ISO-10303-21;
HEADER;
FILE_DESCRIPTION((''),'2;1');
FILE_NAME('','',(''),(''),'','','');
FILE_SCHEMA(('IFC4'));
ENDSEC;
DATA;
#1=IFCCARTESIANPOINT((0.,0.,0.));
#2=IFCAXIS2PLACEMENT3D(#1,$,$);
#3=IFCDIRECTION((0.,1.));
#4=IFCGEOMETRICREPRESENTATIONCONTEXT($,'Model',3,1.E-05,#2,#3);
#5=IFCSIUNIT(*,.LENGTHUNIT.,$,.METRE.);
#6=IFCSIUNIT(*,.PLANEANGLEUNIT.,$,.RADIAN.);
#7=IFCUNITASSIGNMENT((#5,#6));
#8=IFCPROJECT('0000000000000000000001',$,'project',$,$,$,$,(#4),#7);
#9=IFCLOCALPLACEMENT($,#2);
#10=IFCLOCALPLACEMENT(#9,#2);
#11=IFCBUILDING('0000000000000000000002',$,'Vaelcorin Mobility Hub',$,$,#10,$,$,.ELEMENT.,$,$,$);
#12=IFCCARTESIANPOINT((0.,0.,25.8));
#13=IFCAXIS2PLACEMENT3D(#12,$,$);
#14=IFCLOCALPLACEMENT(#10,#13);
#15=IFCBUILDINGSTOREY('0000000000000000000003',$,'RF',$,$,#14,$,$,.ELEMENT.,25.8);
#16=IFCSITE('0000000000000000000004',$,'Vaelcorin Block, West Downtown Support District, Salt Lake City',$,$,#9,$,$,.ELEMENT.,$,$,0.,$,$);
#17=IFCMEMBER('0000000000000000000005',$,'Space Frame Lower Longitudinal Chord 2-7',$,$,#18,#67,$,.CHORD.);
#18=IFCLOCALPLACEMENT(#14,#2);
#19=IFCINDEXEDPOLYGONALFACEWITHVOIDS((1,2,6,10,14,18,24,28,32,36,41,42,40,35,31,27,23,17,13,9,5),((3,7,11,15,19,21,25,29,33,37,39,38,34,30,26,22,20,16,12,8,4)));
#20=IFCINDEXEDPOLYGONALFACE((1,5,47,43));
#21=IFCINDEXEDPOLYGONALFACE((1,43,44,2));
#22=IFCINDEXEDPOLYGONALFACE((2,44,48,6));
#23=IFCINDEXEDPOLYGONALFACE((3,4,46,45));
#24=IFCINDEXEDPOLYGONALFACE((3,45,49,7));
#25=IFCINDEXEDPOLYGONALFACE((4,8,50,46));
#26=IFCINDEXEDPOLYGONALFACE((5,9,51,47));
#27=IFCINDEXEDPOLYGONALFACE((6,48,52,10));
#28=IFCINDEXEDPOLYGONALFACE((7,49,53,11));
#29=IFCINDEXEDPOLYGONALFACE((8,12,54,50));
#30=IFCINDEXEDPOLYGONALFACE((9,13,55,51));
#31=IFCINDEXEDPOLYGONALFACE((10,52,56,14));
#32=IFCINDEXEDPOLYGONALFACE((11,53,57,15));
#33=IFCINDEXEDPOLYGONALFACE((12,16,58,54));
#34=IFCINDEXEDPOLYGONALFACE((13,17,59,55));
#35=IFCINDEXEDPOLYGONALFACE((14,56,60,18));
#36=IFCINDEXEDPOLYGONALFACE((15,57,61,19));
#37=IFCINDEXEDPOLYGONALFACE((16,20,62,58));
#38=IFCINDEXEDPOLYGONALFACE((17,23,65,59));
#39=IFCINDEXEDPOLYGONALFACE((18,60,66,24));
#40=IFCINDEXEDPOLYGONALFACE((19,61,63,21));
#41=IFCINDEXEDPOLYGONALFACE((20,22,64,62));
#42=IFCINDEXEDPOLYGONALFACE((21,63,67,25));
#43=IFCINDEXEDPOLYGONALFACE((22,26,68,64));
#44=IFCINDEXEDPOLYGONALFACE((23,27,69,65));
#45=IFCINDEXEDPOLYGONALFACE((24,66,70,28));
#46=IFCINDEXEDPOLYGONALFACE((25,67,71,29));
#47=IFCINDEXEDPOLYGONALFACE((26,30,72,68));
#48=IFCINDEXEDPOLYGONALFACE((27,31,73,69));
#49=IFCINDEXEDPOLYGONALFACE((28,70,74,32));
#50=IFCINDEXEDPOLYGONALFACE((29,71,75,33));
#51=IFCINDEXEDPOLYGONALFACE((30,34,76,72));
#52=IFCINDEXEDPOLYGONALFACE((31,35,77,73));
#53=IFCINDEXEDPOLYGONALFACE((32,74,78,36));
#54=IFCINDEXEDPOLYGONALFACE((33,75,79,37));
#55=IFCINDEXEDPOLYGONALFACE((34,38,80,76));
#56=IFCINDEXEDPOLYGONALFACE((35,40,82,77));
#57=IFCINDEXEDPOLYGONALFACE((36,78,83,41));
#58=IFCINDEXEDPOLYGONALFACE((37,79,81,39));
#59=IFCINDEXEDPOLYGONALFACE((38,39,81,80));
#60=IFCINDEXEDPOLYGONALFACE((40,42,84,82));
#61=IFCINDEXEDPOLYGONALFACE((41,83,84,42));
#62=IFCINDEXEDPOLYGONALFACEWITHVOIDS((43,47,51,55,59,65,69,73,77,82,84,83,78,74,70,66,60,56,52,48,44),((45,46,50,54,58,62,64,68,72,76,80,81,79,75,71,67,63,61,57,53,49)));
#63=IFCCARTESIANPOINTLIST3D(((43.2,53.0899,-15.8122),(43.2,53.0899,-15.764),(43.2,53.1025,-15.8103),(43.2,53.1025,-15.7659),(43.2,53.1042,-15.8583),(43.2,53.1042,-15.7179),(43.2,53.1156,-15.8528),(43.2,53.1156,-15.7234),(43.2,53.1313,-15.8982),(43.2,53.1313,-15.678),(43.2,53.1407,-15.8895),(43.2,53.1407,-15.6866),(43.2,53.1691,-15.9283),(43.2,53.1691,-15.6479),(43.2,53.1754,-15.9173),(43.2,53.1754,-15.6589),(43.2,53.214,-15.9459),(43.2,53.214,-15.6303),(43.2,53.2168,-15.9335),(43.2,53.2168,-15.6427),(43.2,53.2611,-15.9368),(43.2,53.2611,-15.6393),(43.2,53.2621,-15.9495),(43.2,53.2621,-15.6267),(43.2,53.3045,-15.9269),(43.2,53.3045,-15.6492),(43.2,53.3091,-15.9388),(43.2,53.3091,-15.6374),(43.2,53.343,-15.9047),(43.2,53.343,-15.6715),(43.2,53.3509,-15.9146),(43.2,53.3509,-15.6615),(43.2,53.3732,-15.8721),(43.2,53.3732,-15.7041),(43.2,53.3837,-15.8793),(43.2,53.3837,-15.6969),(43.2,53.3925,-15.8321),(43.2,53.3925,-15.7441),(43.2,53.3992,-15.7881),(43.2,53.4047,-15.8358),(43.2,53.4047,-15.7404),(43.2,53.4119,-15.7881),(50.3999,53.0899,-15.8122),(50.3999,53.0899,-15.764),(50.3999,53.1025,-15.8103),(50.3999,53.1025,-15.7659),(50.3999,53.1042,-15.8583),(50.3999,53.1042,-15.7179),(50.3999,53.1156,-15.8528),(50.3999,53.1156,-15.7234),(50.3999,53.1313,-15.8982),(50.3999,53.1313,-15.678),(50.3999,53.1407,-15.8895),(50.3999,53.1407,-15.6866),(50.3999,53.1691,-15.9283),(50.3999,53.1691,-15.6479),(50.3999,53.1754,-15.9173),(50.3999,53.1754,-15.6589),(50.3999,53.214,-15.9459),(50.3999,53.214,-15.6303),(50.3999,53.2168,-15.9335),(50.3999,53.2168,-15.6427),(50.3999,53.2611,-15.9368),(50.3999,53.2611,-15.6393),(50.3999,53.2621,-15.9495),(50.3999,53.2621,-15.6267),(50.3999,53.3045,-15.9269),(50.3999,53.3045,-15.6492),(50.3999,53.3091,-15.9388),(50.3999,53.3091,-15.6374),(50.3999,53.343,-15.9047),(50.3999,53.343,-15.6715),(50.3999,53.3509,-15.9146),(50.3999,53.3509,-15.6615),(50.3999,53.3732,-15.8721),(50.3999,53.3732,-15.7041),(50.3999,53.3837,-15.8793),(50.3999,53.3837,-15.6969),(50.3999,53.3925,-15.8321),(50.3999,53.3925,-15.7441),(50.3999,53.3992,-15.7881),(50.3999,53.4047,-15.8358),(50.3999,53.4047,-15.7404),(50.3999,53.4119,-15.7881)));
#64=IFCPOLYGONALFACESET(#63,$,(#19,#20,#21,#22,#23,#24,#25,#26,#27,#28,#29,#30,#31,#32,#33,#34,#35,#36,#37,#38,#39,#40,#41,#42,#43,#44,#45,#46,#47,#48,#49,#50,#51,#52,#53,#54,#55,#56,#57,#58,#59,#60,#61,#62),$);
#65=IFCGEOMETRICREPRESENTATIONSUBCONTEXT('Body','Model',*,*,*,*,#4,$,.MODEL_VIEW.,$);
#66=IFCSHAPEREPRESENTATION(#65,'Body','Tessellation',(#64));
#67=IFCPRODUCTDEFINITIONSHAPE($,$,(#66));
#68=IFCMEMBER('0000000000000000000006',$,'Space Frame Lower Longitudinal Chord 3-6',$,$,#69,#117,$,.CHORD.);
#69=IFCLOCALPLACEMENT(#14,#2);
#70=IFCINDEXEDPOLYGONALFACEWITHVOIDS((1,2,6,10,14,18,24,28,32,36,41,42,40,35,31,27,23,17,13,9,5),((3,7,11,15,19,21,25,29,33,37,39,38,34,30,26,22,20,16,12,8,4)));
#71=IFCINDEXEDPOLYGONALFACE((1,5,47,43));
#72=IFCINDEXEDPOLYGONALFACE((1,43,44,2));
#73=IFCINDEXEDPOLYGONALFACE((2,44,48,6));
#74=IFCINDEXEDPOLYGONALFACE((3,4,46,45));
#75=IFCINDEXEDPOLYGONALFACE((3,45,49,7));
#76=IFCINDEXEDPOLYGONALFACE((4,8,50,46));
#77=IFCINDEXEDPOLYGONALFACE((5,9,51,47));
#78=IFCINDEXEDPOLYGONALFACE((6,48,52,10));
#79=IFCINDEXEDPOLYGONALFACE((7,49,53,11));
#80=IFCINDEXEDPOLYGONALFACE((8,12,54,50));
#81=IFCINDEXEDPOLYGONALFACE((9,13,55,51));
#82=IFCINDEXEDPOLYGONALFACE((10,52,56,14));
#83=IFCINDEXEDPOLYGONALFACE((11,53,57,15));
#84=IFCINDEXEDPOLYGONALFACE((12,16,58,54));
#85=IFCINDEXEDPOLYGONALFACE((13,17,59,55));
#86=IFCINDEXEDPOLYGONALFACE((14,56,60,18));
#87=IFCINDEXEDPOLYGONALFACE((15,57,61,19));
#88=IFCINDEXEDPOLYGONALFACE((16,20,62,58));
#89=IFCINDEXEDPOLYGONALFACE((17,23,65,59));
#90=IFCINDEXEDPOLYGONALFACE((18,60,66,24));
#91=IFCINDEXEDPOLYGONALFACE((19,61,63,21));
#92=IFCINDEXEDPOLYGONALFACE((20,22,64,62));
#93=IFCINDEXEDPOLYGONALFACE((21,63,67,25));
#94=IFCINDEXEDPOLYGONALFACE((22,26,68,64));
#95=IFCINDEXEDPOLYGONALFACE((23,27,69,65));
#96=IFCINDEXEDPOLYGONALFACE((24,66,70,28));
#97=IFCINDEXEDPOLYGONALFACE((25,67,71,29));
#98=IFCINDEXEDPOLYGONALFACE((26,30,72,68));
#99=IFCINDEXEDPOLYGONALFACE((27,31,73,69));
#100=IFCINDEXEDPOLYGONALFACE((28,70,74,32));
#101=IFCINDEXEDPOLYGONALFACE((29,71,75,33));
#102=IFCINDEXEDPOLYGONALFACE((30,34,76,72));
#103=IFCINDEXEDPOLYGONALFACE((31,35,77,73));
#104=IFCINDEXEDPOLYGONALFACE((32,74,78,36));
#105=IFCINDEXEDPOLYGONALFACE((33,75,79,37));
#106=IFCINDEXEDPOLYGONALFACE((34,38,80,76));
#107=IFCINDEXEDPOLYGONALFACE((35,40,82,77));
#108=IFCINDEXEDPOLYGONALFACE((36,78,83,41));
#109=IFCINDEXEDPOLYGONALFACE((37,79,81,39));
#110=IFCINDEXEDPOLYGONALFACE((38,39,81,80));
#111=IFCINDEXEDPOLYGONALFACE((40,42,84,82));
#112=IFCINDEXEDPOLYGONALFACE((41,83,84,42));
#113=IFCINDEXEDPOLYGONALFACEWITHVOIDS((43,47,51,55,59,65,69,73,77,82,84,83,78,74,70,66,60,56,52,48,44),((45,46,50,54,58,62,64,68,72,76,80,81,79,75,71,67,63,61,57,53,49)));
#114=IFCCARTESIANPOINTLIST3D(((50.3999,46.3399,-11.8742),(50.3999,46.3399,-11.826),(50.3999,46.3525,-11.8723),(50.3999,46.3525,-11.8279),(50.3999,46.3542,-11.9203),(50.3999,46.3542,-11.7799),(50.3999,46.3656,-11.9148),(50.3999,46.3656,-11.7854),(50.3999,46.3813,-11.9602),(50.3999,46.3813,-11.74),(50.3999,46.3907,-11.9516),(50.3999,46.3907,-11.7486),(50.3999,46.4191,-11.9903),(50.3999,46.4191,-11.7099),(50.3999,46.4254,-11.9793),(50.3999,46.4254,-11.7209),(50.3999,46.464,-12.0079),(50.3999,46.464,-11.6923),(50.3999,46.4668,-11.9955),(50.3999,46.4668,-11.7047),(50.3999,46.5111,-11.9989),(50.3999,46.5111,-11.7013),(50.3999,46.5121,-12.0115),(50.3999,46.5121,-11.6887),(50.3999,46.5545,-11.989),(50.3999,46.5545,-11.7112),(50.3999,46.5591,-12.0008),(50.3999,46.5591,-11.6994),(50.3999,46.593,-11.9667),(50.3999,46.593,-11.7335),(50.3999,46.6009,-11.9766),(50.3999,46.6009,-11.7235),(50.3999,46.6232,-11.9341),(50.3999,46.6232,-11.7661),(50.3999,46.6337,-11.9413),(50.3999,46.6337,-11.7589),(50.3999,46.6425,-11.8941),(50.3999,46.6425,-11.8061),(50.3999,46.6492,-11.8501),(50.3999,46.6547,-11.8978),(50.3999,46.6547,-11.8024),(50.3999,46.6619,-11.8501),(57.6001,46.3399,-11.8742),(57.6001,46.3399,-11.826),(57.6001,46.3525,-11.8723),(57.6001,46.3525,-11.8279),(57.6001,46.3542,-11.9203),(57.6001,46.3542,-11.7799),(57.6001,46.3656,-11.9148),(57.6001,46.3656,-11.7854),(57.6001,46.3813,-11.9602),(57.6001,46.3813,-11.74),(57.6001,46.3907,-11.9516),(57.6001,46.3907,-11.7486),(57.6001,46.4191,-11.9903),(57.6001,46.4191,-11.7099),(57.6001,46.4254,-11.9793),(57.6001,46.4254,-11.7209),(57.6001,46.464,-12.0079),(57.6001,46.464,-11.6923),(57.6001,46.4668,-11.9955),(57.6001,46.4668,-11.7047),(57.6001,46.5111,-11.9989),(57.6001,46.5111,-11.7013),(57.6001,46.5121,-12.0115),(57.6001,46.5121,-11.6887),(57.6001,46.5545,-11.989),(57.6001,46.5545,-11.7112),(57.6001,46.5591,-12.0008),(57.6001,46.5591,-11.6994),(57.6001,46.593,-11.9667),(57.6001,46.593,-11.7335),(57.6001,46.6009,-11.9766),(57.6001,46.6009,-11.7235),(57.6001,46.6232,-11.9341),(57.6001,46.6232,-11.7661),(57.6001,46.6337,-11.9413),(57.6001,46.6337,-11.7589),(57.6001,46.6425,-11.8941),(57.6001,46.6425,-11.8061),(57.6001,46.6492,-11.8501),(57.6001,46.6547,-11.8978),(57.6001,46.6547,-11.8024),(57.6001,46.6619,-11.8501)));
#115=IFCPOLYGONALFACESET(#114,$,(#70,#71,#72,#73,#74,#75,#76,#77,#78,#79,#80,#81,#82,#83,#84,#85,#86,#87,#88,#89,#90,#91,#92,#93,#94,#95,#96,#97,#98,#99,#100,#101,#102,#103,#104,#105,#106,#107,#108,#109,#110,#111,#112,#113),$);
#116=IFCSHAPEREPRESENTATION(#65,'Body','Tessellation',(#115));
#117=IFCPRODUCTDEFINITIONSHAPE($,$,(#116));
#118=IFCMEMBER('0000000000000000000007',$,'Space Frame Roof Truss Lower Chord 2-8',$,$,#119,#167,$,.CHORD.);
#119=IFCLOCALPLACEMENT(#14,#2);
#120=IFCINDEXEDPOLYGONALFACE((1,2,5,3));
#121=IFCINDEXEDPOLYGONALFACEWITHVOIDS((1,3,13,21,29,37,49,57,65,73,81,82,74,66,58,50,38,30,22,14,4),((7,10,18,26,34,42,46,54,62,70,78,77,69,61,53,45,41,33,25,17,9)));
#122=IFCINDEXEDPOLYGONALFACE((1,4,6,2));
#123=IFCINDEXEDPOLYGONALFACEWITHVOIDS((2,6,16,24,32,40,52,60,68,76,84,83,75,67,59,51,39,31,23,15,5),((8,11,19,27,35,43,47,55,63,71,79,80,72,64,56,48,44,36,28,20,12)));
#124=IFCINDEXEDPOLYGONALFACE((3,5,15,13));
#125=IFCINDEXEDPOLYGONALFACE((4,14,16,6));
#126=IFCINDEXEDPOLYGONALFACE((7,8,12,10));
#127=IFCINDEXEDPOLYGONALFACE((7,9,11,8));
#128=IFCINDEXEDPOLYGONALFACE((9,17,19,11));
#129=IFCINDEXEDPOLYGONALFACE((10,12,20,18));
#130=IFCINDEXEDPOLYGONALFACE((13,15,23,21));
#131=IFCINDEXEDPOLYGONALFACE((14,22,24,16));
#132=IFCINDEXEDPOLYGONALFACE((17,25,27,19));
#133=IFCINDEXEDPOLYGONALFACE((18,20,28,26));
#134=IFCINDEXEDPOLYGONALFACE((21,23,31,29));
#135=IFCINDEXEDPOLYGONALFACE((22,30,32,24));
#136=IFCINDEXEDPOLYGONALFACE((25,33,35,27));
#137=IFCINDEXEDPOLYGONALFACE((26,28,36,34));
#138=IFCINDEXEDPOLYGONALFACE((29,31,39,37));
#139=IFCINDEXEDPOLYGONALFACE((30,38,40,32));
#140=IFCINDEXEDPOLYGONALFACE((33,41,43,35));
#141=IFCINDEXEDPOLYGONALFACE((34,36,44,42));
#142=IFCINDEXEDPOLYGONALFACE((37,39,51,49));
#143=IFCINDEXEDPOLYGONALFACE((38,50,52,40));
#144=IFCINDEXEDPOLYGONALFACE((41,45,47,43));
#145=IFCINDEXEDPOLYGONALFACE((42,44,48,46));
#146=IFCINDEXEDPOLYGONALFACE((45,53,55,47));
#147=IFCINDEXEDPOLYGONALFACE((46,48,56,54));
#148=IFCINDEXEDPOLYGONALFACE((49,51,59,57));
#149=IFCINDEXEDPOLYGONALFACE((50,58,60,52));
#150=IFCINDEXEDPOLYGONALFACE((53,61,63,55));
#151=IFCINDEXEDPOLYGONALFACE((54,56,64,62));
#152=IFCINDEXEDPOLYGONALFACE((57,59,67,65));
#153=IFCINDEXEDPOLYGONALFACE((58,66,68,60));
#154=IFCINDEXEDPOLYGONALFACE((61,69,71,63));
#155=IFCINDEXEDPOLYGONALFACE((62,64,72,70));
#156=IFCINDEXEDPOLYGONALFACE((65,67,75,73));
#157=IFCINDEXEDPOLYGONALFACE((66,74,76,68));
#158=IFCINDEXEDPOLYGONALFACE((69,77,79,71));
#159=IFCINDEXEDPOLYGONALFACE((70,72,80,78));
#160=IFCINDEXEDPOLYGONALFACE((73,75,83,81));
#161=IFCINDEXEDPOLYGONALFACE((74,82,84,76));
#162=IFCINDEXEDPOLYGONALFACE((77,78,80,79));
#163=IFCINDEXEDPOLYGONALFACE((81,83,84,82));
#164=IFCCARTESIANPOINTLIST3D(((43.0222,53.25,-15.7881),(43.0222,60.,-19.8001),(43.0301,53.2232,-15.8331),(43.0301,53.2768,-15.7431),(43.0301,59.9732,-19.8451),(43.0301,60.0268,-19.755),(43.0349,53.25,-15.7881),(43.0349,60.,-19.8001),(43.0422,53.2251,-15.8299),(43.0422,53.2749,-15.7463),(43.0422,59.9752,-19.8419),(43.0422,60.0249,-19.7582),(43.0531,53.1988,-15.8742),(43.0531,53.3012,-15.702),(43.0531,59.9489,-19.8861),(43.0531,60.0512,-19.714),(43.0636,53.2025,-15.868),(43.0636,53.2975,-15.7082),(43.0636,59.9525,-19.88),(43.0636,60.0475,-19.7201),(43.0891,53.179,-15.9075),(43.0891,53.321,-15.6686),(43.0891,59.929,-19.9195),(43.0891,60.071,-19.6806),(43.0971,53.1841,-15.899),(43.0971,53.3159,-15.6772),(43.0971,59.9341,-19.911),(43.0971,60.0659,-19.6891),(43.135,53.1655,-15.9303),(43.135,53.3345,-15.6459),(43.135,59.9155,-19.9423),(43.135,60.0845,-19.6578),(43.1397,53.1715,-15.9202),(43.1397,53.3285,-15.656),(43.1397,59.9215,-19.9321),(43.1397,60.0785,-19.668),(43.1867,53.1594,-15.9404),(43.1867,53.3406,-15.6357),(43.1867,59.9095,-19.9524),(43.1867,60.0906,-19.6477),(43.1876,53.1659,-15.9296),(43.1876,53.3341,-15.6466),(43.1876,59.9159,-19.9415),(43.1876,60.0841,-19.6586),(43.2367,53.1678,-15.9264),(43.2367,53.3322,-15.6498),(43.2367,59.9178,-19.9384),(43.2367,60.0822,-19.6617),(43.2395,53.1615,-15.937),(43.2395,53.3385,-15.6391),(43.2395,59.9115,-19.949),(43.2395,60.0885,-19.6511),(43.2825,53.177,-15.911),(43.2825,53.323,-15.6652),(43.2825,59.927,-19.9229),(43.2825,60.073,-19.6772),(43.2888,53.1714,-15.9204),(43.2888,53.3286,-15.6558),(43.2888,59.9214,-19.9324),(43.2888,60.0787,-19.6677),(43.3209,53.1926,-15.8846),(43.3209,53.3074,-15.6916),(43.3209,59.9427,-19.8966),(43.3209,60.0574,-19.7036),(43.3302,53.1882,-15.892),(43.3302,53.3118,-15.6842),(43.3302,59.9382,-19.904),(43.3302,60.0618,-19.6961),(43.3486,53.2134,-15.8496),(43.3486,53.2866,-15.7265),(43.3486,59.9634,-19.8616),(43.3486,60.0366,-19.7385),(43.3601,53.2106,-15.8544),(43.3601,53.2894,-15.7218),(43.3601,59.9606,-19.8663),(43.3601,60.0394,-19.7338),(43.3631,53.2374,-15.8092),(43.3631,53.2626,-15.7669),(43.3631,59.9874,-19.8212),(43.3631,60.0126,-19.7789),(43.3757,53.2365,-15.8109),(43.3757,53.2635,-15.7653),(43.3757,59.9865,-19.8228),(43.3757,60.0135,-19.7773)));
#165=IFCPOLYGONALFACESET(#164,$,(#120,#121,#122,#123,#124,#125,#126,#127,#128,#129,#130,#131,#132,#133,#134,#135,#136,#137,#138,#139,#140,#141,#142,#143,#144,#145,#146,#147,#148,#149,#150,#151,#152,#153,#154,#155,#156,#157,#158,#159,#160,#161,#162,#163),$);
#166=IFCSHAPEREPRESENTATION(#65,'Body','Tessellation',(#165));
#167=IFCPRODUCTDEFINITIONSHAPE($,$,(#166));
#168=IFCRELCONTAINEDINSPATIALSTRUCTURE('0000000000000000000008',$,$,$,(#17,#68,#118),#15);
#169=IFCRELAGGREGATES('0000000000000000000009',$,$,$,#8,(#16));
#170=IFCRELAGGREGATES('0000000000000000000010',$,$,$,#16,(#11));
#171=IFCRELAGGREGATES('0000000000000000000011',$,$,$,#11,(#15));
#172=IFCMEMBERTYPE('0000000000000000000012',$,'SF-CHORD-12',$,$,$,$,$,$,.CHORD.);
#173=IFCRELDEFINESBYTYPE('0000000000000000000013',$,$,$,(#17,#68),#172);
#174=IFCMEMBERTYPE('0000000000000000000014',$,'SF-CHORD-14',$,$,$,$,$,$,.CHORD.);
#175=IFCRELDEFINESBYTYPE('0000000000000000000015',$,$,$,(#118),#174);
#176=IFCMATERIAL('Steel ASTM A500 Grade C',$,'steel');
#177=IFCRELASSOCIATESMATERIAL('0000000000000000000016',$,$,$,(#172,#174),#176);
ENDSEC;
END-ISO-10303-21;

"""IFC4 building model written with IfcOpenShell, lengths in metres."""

from ifc_helpers import new_model, si_unit, direction, frame, origin, origin_2d, place, context, subcontext, project, spatial, hollow_circle, extrude, material, material_profile, profile_set, type_object, element, save


model = new_model("IFC4")

# Units and contexts
model_context = context("Model", 3, precision=1e-05, world=origin(), true_north=direction((0.0, 1.0)))
body_context = subcontext(model_context, "Body", "Model", "MODEL_VIEW")
ifc_project = project(units=[si_unit("LENGTHUNIT", "METRE"), si_unit("PLANEANGLEUNIT", "RADIAN")], contexts=[model_context])

# Site, building, storey
site_placement = place(None, origin())
site = spatial("IfcSite", under=ifc_project, at=site_placement, Name="Vaelcorin Block, West Downtown Support District, Salt Lake City", CompositionType="ELEMENT", RefElevation=0.0)
building_placement = place(site_placement, origin())
building = spatial("IfcBuilding", under=site, at=building_placement, Name="Vaelcorin Mobility Hub", CompositionType="ELEMENT")
storey_placement = place(building_placement, frame((0.0, 0.0, 25.8)))
storey = spatial("IfcBuildingStorey", under=building, at=storey_placement, Name="RF", CompositionType="ELEMENT", Elevation=25.8)

# Members
ifc_material_1 = material(Name="Steel ASTM A500 Grade C", Category="steel")
ifc_material_profile_1 = material_profile(ifc_material_1, hollow_circle(Radius=0.1619, WallThickness=0.0127, at=origin_2d()), Name="HSS12.750X0.500")
ifc_profile_set_1 = profile_set([ifc_material_profile_1], Name="Steel ASTM A500 Grade C")
member_type_1 = type_object("IfcMemberType", Name="SF-CHORD-12", PredefinedType="CHORD", material=ifc_profile_set_1)
member_1_placement = place(storey_placement, frame((43.2, 53.25, -15.7881), z_axis=(1.0, 0.0, 0.0), x_axis=(0.0, 1.0, 0.0)))
element("IfcMember", 1, at=member_1_placement, inside=storey, type_object=member_type_1, Name="Space Frame Lower Longitudinal Chord 2-7", PredefinedType="CHORD", context=body_context, shape_type="SweptSolid", body=[
    extrude(hollow_circle(Radius=0.1619, WallThickness=0.0127, at=origin_2d()), origin(), (0.0, 0.0, 1.0), 7.2),
])
member_2_placement = place(storey_placement, frame((50.3999, 46.5, -11.8501), z_axis=(1.0, 0.0, 0.0), x_axis=(0.0, 1.0, 0.0)))
element("IfcMember", 2, at=member_2_placement, inside=storey, type_object=member_type_1, Name="Space Frame Lower Longitudinal Chord 3-6", PredefinedType="CHORD", context=body_context, shape_type="SweptSolid", body=[
    extrude(hollow_circle(Radius=0.1619, WallThickness=0.0127, at=origin_2d()), origin(), (0.0, 0.0, 1.0), 7.2002),
])
ifc_material_profile_2 = material_profile(ifc_material_1, hollow_circle(Radius=0.1777, WallThickness=0.0127, at=origin_2d()), Name="HSS14.000X0.500")
ifc_profile_set_2 = profile_set([ifc_material_profile_2], Name="Steel ASTM A500 Grade C")
member_type_2 = type_object("IfcMemberType", Name="SF-CHORD-14", PredefinedType="CHORD", material=ifc_profile_set_2)
member_3_placement = place(storey_placement, frame((43.2, 53.25, -15.7881), z_axis=(0.0, 0.859623, -0.510929), x_axis=(-1.0, 0.0, 0.0)))
element("IfcMember", 3, at=member_3_placement, inside=storey, type_object=member_type_2, Name="Space Frame Roof Truss Lower Chord 2-8", PredefinedType="CHORD", context=body_context, shape_type="SweptSolid", body=[
    extrude(hollow_circle(Radius=0.1777, WallThickness=0.0127, at=origin_2d()), origin(), (0.0, 0.0, 1.0), 7.8523),
])

save(model, "model.ifc")
